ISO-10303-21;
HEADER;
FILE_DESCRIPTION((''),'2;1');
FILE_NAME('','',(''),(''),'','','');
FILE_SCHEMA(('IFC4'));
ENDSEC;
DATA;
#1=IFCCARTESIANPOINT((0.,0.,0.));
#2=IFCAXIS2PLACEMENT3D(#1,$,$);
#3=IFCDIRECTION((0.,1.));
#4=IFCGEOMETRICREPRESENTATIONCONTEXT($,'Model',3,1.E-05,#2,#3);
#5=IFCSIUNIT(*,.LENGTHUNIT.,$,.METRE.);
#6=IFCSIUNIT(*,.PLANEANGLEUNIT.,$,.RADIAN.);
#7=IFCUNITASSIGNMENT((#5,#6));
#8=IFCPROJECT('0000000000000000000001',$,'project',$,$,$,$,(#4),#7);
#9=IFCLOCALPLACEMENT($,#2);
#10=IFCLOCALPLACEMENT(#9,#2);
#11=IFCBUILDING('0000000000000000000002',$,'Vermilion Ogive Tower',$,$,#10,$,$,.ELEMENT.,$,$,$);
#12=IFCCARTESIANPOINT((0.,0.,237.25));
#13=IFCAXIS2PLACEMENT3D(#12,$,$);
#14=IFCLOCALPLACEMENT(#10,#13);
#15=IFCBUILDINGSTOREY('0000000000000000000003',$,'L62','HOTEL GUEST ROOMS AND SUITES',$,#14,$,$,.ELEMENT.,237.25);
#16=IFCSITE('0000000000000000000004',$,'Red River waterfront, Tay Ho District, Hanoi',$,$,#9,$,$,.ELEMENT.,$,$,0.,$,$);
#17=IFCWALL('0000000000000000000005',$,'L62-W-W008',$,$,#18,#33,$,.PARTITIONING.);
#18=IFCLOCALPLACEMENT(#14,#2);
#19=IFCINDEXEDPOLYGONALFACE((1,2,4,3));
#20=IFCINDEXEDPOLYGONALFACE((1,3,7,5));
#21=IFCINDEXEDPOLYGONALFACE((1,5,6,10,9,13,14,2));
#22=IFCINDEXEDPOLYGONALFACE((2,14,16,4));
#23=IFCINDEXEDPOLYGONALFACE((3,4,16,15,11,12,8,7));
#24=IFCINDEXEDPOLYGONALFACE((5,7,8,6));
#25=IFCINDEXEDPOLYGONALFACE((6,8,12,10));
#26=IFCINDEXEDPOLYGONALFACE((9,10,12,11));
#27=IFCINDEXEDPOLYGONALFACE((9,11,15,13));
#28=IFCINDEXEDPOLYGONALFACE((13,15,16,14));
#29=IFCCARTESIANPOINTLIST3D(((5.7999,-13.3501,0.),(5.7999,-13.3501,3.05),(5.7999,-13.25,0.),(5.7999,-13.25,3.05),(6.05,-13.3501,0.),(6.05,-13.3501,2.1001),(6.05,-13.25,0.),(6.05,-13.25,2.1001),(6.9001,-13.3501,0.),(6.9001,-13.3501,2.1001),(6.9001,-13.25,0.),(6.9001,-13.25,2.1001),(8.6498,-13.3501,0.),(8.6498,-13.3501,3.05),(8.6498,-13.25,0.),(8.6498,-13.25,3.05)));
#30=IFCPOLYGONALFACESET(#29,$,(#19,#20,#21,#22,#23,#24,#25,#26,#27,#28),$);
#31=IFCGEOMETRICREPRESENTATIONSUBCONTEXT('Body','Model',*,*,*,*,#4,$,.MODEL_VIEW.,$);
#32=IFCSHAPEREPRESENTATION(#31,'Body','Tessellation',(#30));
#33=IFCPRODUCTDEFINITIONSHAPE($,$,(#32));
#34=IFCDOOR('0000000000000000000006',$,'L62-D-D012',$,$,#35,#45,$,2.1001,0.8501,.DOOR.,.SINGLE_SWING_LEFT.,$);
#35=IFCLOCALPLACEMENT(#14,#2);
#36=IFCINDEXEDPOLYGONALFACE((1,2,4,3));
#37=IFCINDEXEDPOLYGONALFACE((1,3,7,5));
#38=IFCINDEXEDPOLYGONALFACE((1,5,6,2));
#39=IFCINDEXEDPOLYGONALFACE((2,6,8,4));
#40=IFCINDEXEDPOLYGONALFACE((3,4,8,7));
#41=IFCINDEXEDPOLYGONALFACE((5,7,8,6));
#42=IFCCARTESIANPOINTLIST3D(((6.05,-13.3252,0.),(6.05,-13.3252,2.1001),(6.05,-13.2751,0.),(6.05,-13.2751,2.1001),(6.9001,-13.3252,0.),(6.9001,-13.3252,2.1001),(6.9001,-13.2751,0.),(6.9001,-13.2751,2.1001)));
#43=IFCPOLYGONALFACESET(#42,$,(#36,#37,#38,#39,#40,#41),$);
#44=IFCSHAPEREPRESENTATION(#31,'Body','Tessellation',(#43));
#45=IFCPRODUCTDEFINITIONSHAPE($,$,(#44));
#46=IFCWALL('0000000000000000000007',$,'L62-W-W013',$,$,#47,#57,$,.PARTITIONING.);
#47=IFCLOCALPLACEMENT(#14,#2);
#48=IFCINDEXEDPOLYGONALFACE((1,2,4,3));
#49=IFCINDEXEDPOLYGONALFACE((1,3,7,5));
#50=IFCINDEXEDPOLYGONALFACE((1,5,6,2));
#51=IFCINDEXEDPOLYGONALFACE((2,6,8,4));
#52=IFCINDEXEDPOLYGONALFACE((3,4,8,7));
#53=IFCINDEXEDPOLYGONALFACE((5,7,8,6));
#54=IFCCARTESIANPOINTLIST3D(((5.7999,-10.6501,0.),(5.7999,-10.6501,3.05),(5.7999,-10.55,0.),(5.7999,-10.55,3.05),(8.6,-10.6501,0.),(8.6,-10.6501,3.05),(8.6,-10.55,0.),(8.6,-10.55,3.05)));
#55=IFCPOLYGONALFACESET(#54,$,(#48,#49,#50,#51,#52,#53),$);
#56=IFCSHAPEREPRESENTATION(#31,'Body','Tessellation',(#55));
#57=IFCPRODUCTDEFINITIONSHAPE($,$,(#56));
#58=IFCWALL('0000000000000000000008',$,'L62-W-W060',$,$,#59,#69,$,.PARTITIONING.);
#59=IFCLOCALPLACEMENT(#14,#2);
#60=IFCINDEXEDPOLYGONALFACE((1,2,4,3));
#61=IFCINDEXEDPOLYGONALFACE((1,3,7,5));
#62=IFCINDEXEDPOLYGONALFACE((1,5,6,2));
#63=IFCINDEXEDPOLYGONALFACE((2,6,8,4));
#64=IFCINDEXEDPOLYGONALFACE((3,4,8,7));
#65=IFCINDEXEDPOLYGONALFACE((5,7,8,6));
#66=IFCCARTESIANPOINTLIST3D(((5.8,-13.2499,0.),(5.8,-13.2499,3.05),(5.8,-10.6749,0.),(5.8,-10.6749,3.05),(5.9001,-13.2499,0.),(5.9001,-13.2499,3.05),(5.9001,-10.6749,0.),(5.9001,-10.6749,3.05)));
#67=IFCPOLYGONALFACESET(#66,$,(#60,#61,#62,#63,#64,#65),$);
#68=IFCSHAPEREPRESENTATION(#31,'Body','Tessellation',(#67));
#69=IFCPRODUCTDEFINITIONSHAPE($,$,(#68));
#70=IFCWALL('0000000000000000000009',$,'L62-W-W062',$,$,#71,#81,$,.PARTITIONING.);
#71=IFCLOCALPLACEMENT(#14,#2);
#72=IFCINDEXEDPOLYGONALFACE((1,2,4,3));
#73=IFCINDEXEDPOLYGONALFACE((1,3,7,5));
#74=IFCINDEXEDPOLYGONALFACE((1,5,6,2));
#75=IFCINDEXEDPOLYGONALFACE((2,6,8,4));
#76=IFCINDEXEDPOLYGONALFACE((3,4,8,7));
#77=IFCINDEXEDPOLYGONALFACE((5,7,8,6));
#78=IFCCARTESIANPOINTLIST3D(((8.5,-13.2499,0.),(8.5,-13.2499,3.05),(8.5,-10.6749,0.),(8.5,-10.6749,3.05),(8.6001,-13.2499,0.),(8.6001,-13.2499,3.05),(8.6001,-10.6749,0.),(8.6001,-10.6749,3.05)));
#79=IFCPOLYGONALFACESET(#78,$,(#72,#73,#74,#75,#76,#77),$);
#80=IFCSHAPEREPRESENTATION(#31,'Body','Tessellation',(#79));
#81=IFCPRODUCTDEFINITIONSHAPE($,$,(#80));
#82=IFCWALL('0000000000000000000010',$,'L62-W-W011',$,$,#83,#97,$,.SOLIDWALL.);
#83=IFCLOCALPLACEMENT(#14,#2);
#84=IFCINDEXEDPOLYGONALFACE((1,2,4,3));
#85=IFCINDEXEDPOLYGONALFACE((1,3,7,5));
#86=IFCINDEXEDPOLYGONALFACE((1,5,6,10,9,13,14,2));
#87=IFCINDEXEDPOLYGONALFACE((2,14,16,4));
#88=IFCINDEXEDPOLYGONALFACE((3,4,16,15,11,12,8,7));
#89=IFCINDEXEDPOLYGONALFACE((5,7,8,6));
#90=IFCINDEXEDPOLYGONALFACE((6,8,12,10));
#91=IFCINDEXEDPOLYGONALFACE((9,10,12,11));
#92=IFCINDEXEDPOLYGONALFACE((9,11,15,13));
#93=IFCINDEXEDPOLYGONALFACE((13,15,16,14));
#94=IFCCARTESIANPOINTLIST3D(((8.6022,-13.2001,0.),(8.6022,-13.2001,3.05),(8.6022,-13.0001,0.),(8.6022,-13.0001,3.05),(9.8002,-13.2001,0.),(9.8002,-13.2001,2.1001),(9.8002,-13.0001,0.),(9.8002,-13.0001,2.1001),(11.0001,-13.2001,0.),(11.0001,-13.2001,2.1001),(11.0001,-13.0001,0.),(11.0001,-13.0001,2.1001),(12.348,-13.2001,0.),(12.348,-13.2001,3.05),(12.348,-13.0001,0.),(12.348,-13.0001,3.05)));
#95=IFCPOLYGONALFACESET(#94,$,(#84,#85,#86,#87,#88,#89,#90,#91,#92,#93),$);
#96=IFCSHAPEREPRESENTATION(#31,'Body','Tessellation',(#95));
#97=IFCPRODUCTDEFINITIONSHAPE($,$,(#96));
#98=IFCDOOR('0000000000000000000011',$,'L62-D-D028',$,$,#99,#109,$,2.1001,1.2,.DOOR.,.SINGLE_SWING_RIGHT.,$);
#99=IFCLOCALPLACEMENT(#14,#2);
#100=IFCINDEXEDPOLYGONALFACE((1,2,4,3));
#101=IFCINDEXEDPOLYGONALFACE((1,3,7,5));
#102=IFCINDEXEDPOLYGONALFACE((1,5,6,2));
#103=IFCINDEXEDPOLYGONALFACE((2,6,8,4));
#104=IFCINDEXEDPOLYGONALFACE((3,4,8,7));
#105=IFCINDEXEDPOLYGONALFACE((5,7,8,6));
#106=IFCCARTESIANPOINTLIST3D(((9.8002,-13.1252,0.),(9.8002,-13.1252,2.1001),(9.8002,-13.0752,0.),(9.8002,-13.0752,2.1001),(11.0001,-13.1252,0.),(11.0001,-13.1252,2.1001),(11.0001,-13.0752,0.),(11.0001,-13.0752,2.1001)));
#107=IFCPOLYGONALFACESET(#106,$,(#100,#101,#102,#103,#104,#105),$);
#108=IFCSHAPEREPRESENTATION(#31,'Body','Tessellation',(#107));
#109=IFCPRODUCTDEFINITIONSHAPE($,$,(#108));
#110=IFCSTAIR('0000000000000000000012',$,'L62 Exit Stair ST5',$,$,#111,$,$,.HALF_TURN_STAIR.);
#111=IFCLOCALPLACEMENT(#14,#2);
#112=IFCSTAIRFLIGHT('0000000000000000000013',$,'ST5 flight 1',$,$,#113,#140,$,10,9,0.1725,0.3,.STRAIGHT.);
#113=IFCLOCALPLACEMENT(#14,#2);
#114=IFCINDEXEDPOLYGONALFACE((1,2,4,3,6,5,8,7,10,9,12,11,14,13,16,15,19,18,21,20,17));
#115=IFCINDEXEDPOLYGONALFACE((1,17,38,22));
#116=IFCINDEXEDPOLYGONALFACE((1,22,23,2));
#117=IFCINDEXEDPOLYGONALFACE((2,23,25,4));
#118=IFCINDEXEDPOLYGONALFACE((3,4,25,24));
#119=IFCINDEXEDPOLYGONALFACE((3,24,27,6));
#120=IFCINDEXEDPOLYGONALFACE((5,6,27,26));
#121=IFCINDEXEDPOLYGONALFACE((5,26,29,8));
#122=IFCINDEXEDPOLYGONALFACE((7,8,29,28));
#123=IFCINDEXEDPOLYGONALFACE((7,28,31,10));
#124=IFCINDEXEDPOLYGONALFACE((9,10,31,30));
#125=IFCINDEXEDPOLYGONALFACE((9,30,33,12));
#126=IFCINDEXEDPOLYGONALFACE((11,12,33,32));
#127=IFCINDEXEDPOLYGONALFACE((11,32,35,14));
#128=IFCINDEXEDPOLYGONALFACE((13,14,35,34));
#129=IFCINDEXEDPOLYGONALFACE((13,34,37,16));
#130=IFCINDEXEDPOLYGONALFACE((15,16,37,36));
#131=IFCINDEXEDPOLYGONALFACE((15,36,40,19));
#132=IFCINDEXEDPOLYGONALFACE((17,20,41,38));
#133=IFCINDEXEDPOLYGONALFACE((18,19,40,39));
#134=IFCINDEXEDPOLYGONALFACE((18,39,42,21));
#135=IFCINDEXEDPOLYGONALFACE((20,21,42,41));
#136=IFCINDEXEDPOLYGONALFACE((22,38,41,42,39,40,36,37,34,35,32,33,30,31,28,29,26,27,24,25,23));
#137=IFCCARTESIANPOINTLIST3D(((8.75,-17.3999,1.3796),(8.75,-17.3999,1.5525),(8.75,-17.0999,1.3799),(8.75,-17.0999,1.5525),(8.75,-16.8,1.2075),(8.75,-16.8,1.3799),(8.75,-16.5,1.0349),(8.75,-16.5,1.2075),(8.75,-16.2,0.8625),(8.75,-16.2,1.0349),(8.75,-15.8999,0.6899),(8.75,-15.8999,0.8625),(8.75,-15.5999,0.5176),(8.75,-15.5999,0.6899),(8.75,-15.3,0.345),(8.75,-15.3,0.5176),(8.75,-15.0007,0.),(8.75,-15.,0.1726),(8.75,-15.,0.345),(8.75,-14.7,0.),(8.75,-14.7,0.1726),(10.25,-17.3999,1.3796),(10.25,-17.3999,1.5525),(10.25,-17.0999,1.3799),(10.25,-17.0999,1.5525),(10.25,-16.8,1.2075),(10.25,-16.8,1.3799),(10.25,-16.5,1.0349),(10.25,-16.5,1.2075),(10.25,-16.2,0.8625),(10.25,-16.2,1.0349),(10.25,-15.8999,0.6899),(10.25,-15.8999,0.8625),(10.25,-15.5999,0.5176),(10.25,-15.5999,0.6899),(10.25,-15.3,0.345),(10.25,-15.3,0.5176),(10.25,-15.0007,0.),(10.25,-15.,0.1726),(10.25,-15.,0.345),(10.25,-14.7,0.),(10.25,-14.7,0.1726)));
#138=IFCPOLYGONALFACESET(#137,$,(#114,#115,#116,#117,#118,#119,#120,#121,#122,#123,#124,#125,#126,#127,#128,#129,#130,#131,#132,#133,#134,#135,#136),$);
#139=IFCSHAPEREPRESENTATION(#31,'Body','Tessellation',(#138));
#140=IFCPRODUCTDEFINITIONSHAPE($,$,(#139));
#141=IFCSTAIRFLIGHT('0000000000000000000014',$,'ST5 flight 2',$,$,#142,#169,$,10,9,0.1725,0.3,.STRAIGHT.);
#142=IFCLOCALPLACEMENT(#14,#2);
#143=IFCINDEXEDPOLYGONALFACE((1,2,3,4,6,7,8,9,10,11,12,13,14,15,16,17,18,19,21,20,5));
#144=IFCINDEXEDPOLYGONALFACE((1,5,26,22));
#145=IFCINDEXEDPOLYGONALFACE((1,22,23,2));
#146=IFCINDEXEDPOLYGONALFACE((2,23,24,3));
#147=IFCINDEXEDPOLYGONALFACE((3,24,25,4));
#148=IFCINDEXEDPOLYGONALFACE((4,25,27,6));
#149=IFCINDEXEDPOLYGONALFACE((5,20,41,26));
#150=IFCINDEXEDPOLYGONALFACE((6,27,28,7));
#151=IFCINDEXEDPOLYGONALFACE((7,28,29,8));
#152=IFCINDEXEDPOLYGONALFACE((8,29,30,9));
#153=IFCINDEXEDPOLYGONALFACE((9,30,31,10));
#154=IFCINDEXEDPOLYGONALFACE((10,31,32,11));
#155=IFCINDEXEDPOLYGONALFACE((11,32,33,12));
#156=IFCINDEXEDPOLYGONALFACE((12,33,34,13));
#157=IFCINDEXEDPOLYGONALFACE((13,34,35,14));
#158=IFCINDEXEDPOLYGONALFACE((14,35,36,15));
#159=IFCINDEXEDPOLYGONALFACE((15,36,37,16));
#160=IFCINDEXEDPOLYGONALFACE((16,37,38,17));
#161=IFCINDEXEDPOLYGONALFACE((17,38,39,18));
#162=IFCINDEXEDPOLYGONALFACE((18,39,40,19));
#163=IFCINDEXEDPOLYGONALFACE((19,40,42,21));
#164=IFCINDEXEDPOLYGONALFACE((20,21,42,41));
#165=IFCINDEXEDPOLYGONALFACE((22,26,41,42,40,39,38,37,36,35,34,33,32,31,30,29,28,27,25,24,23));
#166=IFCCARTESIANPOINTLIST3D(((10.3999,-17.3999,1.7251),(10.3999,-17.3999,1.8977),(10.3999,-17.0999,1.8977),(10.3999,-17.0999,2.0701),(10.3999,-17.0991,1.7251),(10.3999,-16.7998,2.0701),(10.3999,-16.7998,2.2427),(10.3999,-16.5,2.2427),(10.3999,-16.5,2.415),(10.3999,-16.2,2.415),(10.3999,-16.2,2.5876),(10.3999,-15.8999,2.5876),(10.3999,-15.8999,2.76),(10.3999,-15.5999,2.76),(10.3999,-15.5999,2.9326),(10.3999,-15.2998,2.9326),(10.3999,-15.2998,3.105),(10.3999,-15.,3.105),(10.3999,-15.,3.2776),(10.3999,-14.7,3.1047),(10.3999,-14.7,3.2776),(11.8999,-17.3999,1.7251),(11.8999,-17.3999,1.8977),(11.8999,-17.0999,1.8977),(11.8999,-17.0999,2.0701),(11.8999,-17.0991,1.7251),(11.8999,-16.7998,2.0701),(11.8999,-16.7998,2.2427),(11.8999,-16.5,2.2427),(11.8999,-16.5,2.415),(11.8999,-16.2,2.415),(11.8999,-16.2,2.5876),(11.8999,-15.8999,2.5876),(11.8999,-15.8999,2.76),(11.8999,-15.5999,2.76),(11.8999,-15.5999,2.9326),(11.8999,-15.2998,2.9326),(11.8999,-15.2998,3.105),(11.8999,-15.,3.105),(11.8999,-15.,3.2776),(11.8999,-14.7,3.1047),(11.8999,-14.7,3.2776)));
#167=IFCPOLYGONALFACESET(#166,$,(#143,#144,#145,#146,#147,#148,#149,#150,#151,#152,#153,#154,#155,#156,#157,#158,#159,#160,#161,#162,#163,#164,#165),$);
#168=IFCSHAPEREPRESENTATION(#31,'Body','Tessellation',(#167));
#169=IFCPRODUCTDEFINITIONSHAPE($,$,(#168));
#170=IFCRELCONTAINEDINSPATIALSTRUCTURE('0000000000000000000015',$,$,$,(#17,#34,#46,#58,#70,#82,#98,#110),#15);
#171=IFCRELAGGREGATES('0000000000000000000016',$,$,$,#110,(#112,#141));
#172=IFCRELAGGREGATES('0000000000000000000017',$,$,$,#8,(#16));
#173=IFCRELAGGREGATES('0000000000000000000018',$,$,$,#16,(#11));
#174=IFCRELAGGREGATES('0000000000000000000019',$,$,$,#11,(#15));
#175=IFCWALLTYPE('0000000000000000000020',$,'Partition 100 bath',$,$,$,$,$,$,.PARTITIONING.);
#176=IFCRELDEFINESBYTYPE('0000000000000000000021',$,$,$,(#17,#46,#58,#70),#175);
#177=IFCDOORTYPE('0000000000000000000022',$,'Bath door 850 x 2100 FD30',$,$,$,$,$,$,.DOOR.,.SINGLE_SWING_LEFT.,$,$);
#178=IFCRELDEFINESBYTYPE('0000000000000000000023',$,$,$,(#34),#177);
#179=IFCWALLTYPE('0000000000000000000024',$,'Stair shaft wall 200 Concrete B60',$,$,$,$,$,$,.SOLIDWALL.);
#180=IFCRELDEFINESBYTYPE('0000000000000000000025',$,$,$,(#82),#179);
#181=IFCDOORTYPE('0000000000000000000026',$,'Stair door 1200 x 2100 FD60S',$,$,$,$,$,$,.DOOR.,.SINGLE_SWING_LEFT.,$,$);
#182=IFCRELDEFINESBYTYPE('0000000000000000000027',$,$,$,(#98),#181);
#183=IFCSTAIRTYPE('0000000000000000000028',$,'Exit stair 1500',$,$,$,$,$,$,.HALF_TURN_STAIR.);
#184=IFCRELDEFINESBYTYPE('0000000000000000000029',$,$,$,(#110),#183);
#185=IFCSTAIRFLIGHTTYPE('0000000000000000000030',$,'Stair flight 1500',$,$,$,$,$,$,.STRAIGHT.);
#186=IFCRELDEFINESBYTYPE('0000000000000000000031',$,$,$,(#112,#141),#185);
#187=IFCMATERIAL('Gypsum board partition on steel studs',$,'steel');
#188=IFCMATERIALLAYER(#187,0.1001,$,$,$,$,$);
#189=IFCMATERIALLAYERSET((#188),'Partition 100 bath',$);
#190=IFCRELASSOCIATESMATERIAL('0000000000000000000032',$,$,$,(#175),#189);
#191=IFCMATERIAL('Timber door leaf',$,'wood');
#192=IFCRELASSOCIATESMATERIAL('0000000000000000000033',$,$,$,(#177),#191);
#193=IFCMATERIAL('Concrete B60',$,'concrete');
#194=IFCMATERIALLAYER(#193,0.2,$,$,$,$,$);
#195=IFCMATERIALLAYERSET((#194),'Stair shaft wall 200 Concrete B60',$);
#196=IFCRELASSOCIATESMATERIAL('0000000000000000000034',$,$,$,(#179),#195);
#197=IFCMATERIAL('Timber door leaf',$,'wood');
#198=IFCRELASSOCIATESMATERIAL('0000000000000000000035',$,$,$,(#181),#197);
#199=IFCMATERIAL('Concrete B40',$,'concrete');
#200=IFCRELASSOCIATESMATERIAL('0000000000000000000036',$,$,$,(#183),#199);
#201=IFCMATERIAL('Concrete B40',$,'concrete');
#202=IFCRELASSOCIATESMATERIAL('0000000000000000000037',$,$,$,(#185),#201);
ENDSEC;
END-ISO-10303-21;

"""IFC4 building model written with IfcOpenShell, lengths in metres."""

from ifc_helpers import new_model, si_unit, direction, frame, frame_2d, origin, place, context, subcontext, project, spatial, polyline, rectangle, outline, extrude, material, layer, layer_set, type_object, element, fill, aggregate, save


model = new_model("IFC4")

# Units and contexts
model_context = context("Model", 3, precision=1e-05, world=origin(), true_north=direction((0.0, 1.0)))
body_context = subcontext(model_context, "Body", "Model", "MODEL_VIEW")
ifc_project = project(units=[si_unit("LENGTHUNIT", "METRE"), si_unit("PLANEANGLEUNIT", "RADIAN")], contexts=[model_context])

# Site, building, storey
site_placement = place(None, origin())
site = spatial("IfcSite", under=ifc_project, at=site_placement, Name="Red River waterfront, Tay Ho District, Hanoi", CompositionType="ELEMENT", RefElevation=0.0)
building_placement = place(site_placement, origin())
building = spatial("IfcBuilding", under=site, at=building_placement, Name="Vermilion Ogive Tower", CompositionType="ELEMENT")
storey_placement = place(building_placement, frame((0.0, 0.0, 237.25)))
storey = spatial("IfcBuildingStorey", under=building, at=storey_placement, Name="L62", Description="HOTEL GUEST ROOMS AND SUITES", CompositionType="ELEMENT", Elevation=237.25)

# Wall, opening, door
ifc_material_1 = material(Name="Gypsum board partition on steel studs", Category="steel")
ifc_layer_1 = layer(ifc_material_1, 0.1001)
ifc_layer_set_1 = layer_set([ifc_layer_1], Name="Partition 100 bath")
wall_type_1 = type_object("IfcWallType", Name="Partition 100 bath", PredefinedType="PARTITIONING", material=ifc_layer_set_1)
wall_1_placement = place(storey_placement, frame((5.8, -13.3, 0.0), z_axis=(0.0, 0.0, 1.0), x_axis=(1.0, 0.0, 0.0)))
wall_1 = element("IfcWall", 1, at=wall_1_placement, inside=storey, type_object=wall_type_1, Name="L62-W-W008", PredefinedType="PARTITIONING", context=body_context, shape_type="SweptSolid", body=[
    extrude(rectangle(XDim=2.8499, YDim=0.1001, at=frame_2d((1.4248, 0.0))), origin(), (0.0, 0.0, 1.0), 3.05),
])
opening_1_placement = place(wall_1_placement, frame((0.25, 0.0, 0.0)))
opening_1 = element("IfcOpeningElement", 2, at=opening_1_placement, cuts=wall_1, PredefinedType="OPENING", context=body_context, shape_type="SweptSolid", body=[
    extrude(rectangle(XDim=0.8501, YDim=2.1001, at=frame_2d((0.425, 1.05))), frame((0.0, 0.0601, 0.0), z_axis=(0.0, -1.0, 0.0), x_axis=(1.0, 0.0, 0.0)), (0.0, 0.0, 1.0), 0.1201),
])
ifc_material_2 = material(Name="Timber door leaf", Category="wood")
door_type_1 = type_object("IfcDoorType", Name="Bath door 850 x 2100 FD30", OperationType="SINGLE_SWING_LEFT", PredefinedType="DOOR", material=ifc_material_2)
door_1_placement = place(opening_1_placement, origin())
door_1 = element("IfcDoor", 3, at=door_1_placement, inside=storey, type_object=door_type_1, Name="L62-D-D012", OperationType="SINGLE_SWING_LEFT", OverallHeight=2.1001, OverallWidth=0.8501, PredefinedType="DOOR", context=body_context, shape_type="SweptSolid", body=[
    extrude(rectangle(XDim=0.8501, YDim=2.1001, at=frame_2d((0.425, 1.05))), frame((0.0, 0.0249, 0.0), z_axis=(0.0, -1.0, 0.0), x_axis=(1.0, 0.0, 0.0)), (0.0, 0.0, 1.0), 0.05),
])
fill(opening_1, door_1)

# Walls
wall_2_placement = place(storey_placement, frame((5.8, -10.6001, 0.0), z_axis=(0.0, 0.0, 1.0), x_axis=(1.0, 0.0, 0.0)))
element("IfcWall", 4, at=wall_2_placement, inside=storey, type_object=wall_type_1, Name="L62-W-W013", PredefinedType="PARTITIONING", context=body_context, shape_type="SweptSolid", body=[
    extrude(rectangle(XDim=2.8, YDim=0.1001, at=frame_2d((1.3999, 0.0))), origin(), (0.0, 0.0, 1.0), 3.05),
])
for number, where, z_axis, x_axis, name in (
    (5, (5.8501, -13.25, 0.0), (0.0, 0.0, 1.0), (0.0, 1.0, 0.0), "L62-W-W060"),
    (6, (8.55, -13.25, 0.0), (0.0, 0.0, 1.0), (0.0, 1.0, 0.0), "L62-W-W062"),
):
    element("IfcWall", number, at=place(storey_placement, frame(where, z_axis=z_axis, x_axis=x_axis)), inside=storey, type_object=wall_type_1, Name=name, PredefinedType="PARTITIONING", context=body_context, shape_type="SweptSolid", body=[
        extrude(rectangle(XDim=2.575, YDim=0.1001, at=frame_2d((1.2876, 0.0))), origin(), (0.0, 0.0, 1.0), 3.05),
    ])

# Wall, opening, door
ifc_material_3 = material(Name="Concrete B60", Category="concrete")
ifc_layer_2 = layer(ifc_material_3, 0.2)
ifc_layer_set_2 = layer_set([ifc_layer_2], Name="Stair shaft wall 200 Concrete B60")
wall_type_2 = type_object("IfcWallType", Name="Stair shaft wall 200 Concrete B60", PredefinedType="SOLIDWALL", material=ifc_layer_set_2)
wall_3_placement = place(storey_placement, frame((8.6021, -13.1001, 0.0), z_axis=(0.0, 0.0, 1.0), x_axis=(1.0, 0.0, 0.0)))
wall_3 = element("IfcWall", 7, at=wall_3_placement, inside=storey, type_object=wall_type_2, Name="L62-W-W011", PredefinedType="SOLIDWALL", context=body_context, shape_type="SweptSolid", body=[
    extrude(rectangle(XDim=3.7458, YDim=0.2, at=frame_2d((1.873, 0.0))), origin(), (0.0, 0.0, 1.0), 3.05),
])
opening_2_placement = place(wall_3_placement, frame((1.198, 0.0, 0.0)))
opening_2 = element("IfcOpeningElement", 8, at=opening_2_placement, cuts=wall_3, PredefinedType="OPENING", context=body_context, shape_type="SweptSolid", body=[
    extrude(rectangle(XDim=1.2, YDim=2.1001, at=frame_2d((0.6001, 1.05))), frame((0.0, 0.1099, 0.0), z_axis=(0.0, -1.0, 0.0), x_axis=(1.0, 0.0, 0.0)), (0.0, 0.0, 1.0), 0.22),
])
ifc_material_4 = material(Name="Timber door leaf", Category="wood")
door_type_2 = type_object("IfcDoorType", Name="Stair door 1200 x 2100 FD60S", OperationType="SINGLE_SWING_LEFT", PredefinedType="DOOR", material=ifc_material_4)
door_2_placement = place(opening_2_placement, origin())
door_2 = element("IfcDoor", 9, at=door_2_placement, inside=storey, type_object=door_type_2, Name="L62-D-D028", OperationType="SINGLE_SWING_RIGHT", OverallHeight=2.1001, OverallWidth=1.2, PredefinedType="DOOR", context=body_context, shape_type="SweptSolid", body=[
    extrude(rectangle(XDim=1.2, YDim=2.1001, at=frame_2d((0.6001, 1.05))), frame((0.0, 0.0249, 0.0), z_axis=(0.0, -1.0, 0.0), x_axis=(1.0, 0.0, 0.0)), (0.0, 0.0, 1.0), 0.05),
])
fill(opening_2, door_2)

# Stair, stair flights
ifc_material_5 = material(Name="Concrete B40", Category="concrete")
stair_type = type_object("IfcStairType", Name="Exit stair 1500", PredefinedType="HALF_TURN_STAIR", material=ifc_material_5)
stair_placement = place(storey_placement, origin())
stair = element("IfcStair", 10, at=stair_placement, inside=storey, type_object=stair_type, Name="L62 Exit Stair ST5", PredefinedType="HALF_TURN_STAIR")
ifc_material_6 = material(Name="Concrete B40", Category="concrete")
stair_flight_type = type_object("IfcStairFlightType", Name="Stair flight 1500", PredefinedType="STRAIGHT", material=ifc_material_6)
stair_flight_1_placement = place(storey_placement, frame((9.5, -14.7, 0.0), z_axis=(0.0, 0.0, 1.0), x_axis=(0.0, -1.0, 0.0)))
stair_flight_1 = element("IfcStairFlight", 11, at=stair_flight_1_placement, type_object=stair_flight_type, Name="ST5 flight 1", NumberOfRisers=10, NumberOfTreads=9, PredefinedType="STRAIGHT", RiserHeight=0.1725, TreadLength=0.3, context=body_context, shape_type="SweptSolid", body=[
    extrude(outline(polyline([(0.0, 0.0), (0.0, 0.1726), (0.3, 0.1726), (0.3, 0.345), (0.6001, 0.345), (0.6001, 0.5176), (0.8999, 0.5176), (0.8999, 0.6899), (1.2, 0.6899), (1.2, 0.8625), (1.5, 0.8625), (1.5, 1.0349), (1.8, 1.0349), (1.8, 1.2075), (2.1001, 1.2075), (2.1001, 1.3799), (2.3999, 1.3799), (2.3999, 1.5525), (2.7, 1.5525), (2.7, 1.7251), (2.7, 1.3796), (0.3008, 0.0), (0.0, 0.0)])), frame((0.0, 0.75, 0.0), z_axis=(0.0, -1.0, 0.0), x_axis=(1.0, 0.0, 0.0)), (0.0, 0.0, 1.0), 1.5),
])
stair_flight_2_placement = place(storey_placement, frame((11.1499, -17.3999, 1.7251), z_axis=(0.0, 0.0, 1.0), x_axis=(0.0, 1.0, 0.0)))
stair_flight_2 = element("IfcStairFlight", 12, at=stair_flight_2_placement, type_object=stair_flight_type, Name="ST5 flight 2", NumberOfRisers=10, NumberOfTreads=9, PredefinedType="STRAIGHT", RiserHeight=0.1725, TreadLength=0.3, context=body_context, shape_type="SweptSolid", body=[
    extrude(outline(polyline([(0.0, 0.0), (0.0, 0.1726), (0.3, 0.1726), (0.3, 0.345), (0.6001, 0.345), (0.6001, 0.5176), (0.8999, 0.5176), (0.8999, 0.6899), (1.2, 0.6899), (1.2, 0.8625), (1.5, 0.8625), (1.5, 1.0349), (1.8, 1.0349), (1.8, 1.2075), (2.1001, 1.2075), (2.1001, 1.3799), (2.3999, 1.3799), (2.3999, 1.5525), (2.7, 1.5525), (2.7, 1.7251), (2.7, 1.3796), (0.3008, 0.0), (0.0, 0.0)])), frame((0.0, 0.75, 0.0), z_axis=(0.0, -1.0, 0.0), x_axis=(1.0, 0.0, 0.0)), (0.0, 0.0, 1.0), 1.5),
])
aggregate(stair, [stair_flight_1, stair_flight_2])

save(model, "model.ifc")
